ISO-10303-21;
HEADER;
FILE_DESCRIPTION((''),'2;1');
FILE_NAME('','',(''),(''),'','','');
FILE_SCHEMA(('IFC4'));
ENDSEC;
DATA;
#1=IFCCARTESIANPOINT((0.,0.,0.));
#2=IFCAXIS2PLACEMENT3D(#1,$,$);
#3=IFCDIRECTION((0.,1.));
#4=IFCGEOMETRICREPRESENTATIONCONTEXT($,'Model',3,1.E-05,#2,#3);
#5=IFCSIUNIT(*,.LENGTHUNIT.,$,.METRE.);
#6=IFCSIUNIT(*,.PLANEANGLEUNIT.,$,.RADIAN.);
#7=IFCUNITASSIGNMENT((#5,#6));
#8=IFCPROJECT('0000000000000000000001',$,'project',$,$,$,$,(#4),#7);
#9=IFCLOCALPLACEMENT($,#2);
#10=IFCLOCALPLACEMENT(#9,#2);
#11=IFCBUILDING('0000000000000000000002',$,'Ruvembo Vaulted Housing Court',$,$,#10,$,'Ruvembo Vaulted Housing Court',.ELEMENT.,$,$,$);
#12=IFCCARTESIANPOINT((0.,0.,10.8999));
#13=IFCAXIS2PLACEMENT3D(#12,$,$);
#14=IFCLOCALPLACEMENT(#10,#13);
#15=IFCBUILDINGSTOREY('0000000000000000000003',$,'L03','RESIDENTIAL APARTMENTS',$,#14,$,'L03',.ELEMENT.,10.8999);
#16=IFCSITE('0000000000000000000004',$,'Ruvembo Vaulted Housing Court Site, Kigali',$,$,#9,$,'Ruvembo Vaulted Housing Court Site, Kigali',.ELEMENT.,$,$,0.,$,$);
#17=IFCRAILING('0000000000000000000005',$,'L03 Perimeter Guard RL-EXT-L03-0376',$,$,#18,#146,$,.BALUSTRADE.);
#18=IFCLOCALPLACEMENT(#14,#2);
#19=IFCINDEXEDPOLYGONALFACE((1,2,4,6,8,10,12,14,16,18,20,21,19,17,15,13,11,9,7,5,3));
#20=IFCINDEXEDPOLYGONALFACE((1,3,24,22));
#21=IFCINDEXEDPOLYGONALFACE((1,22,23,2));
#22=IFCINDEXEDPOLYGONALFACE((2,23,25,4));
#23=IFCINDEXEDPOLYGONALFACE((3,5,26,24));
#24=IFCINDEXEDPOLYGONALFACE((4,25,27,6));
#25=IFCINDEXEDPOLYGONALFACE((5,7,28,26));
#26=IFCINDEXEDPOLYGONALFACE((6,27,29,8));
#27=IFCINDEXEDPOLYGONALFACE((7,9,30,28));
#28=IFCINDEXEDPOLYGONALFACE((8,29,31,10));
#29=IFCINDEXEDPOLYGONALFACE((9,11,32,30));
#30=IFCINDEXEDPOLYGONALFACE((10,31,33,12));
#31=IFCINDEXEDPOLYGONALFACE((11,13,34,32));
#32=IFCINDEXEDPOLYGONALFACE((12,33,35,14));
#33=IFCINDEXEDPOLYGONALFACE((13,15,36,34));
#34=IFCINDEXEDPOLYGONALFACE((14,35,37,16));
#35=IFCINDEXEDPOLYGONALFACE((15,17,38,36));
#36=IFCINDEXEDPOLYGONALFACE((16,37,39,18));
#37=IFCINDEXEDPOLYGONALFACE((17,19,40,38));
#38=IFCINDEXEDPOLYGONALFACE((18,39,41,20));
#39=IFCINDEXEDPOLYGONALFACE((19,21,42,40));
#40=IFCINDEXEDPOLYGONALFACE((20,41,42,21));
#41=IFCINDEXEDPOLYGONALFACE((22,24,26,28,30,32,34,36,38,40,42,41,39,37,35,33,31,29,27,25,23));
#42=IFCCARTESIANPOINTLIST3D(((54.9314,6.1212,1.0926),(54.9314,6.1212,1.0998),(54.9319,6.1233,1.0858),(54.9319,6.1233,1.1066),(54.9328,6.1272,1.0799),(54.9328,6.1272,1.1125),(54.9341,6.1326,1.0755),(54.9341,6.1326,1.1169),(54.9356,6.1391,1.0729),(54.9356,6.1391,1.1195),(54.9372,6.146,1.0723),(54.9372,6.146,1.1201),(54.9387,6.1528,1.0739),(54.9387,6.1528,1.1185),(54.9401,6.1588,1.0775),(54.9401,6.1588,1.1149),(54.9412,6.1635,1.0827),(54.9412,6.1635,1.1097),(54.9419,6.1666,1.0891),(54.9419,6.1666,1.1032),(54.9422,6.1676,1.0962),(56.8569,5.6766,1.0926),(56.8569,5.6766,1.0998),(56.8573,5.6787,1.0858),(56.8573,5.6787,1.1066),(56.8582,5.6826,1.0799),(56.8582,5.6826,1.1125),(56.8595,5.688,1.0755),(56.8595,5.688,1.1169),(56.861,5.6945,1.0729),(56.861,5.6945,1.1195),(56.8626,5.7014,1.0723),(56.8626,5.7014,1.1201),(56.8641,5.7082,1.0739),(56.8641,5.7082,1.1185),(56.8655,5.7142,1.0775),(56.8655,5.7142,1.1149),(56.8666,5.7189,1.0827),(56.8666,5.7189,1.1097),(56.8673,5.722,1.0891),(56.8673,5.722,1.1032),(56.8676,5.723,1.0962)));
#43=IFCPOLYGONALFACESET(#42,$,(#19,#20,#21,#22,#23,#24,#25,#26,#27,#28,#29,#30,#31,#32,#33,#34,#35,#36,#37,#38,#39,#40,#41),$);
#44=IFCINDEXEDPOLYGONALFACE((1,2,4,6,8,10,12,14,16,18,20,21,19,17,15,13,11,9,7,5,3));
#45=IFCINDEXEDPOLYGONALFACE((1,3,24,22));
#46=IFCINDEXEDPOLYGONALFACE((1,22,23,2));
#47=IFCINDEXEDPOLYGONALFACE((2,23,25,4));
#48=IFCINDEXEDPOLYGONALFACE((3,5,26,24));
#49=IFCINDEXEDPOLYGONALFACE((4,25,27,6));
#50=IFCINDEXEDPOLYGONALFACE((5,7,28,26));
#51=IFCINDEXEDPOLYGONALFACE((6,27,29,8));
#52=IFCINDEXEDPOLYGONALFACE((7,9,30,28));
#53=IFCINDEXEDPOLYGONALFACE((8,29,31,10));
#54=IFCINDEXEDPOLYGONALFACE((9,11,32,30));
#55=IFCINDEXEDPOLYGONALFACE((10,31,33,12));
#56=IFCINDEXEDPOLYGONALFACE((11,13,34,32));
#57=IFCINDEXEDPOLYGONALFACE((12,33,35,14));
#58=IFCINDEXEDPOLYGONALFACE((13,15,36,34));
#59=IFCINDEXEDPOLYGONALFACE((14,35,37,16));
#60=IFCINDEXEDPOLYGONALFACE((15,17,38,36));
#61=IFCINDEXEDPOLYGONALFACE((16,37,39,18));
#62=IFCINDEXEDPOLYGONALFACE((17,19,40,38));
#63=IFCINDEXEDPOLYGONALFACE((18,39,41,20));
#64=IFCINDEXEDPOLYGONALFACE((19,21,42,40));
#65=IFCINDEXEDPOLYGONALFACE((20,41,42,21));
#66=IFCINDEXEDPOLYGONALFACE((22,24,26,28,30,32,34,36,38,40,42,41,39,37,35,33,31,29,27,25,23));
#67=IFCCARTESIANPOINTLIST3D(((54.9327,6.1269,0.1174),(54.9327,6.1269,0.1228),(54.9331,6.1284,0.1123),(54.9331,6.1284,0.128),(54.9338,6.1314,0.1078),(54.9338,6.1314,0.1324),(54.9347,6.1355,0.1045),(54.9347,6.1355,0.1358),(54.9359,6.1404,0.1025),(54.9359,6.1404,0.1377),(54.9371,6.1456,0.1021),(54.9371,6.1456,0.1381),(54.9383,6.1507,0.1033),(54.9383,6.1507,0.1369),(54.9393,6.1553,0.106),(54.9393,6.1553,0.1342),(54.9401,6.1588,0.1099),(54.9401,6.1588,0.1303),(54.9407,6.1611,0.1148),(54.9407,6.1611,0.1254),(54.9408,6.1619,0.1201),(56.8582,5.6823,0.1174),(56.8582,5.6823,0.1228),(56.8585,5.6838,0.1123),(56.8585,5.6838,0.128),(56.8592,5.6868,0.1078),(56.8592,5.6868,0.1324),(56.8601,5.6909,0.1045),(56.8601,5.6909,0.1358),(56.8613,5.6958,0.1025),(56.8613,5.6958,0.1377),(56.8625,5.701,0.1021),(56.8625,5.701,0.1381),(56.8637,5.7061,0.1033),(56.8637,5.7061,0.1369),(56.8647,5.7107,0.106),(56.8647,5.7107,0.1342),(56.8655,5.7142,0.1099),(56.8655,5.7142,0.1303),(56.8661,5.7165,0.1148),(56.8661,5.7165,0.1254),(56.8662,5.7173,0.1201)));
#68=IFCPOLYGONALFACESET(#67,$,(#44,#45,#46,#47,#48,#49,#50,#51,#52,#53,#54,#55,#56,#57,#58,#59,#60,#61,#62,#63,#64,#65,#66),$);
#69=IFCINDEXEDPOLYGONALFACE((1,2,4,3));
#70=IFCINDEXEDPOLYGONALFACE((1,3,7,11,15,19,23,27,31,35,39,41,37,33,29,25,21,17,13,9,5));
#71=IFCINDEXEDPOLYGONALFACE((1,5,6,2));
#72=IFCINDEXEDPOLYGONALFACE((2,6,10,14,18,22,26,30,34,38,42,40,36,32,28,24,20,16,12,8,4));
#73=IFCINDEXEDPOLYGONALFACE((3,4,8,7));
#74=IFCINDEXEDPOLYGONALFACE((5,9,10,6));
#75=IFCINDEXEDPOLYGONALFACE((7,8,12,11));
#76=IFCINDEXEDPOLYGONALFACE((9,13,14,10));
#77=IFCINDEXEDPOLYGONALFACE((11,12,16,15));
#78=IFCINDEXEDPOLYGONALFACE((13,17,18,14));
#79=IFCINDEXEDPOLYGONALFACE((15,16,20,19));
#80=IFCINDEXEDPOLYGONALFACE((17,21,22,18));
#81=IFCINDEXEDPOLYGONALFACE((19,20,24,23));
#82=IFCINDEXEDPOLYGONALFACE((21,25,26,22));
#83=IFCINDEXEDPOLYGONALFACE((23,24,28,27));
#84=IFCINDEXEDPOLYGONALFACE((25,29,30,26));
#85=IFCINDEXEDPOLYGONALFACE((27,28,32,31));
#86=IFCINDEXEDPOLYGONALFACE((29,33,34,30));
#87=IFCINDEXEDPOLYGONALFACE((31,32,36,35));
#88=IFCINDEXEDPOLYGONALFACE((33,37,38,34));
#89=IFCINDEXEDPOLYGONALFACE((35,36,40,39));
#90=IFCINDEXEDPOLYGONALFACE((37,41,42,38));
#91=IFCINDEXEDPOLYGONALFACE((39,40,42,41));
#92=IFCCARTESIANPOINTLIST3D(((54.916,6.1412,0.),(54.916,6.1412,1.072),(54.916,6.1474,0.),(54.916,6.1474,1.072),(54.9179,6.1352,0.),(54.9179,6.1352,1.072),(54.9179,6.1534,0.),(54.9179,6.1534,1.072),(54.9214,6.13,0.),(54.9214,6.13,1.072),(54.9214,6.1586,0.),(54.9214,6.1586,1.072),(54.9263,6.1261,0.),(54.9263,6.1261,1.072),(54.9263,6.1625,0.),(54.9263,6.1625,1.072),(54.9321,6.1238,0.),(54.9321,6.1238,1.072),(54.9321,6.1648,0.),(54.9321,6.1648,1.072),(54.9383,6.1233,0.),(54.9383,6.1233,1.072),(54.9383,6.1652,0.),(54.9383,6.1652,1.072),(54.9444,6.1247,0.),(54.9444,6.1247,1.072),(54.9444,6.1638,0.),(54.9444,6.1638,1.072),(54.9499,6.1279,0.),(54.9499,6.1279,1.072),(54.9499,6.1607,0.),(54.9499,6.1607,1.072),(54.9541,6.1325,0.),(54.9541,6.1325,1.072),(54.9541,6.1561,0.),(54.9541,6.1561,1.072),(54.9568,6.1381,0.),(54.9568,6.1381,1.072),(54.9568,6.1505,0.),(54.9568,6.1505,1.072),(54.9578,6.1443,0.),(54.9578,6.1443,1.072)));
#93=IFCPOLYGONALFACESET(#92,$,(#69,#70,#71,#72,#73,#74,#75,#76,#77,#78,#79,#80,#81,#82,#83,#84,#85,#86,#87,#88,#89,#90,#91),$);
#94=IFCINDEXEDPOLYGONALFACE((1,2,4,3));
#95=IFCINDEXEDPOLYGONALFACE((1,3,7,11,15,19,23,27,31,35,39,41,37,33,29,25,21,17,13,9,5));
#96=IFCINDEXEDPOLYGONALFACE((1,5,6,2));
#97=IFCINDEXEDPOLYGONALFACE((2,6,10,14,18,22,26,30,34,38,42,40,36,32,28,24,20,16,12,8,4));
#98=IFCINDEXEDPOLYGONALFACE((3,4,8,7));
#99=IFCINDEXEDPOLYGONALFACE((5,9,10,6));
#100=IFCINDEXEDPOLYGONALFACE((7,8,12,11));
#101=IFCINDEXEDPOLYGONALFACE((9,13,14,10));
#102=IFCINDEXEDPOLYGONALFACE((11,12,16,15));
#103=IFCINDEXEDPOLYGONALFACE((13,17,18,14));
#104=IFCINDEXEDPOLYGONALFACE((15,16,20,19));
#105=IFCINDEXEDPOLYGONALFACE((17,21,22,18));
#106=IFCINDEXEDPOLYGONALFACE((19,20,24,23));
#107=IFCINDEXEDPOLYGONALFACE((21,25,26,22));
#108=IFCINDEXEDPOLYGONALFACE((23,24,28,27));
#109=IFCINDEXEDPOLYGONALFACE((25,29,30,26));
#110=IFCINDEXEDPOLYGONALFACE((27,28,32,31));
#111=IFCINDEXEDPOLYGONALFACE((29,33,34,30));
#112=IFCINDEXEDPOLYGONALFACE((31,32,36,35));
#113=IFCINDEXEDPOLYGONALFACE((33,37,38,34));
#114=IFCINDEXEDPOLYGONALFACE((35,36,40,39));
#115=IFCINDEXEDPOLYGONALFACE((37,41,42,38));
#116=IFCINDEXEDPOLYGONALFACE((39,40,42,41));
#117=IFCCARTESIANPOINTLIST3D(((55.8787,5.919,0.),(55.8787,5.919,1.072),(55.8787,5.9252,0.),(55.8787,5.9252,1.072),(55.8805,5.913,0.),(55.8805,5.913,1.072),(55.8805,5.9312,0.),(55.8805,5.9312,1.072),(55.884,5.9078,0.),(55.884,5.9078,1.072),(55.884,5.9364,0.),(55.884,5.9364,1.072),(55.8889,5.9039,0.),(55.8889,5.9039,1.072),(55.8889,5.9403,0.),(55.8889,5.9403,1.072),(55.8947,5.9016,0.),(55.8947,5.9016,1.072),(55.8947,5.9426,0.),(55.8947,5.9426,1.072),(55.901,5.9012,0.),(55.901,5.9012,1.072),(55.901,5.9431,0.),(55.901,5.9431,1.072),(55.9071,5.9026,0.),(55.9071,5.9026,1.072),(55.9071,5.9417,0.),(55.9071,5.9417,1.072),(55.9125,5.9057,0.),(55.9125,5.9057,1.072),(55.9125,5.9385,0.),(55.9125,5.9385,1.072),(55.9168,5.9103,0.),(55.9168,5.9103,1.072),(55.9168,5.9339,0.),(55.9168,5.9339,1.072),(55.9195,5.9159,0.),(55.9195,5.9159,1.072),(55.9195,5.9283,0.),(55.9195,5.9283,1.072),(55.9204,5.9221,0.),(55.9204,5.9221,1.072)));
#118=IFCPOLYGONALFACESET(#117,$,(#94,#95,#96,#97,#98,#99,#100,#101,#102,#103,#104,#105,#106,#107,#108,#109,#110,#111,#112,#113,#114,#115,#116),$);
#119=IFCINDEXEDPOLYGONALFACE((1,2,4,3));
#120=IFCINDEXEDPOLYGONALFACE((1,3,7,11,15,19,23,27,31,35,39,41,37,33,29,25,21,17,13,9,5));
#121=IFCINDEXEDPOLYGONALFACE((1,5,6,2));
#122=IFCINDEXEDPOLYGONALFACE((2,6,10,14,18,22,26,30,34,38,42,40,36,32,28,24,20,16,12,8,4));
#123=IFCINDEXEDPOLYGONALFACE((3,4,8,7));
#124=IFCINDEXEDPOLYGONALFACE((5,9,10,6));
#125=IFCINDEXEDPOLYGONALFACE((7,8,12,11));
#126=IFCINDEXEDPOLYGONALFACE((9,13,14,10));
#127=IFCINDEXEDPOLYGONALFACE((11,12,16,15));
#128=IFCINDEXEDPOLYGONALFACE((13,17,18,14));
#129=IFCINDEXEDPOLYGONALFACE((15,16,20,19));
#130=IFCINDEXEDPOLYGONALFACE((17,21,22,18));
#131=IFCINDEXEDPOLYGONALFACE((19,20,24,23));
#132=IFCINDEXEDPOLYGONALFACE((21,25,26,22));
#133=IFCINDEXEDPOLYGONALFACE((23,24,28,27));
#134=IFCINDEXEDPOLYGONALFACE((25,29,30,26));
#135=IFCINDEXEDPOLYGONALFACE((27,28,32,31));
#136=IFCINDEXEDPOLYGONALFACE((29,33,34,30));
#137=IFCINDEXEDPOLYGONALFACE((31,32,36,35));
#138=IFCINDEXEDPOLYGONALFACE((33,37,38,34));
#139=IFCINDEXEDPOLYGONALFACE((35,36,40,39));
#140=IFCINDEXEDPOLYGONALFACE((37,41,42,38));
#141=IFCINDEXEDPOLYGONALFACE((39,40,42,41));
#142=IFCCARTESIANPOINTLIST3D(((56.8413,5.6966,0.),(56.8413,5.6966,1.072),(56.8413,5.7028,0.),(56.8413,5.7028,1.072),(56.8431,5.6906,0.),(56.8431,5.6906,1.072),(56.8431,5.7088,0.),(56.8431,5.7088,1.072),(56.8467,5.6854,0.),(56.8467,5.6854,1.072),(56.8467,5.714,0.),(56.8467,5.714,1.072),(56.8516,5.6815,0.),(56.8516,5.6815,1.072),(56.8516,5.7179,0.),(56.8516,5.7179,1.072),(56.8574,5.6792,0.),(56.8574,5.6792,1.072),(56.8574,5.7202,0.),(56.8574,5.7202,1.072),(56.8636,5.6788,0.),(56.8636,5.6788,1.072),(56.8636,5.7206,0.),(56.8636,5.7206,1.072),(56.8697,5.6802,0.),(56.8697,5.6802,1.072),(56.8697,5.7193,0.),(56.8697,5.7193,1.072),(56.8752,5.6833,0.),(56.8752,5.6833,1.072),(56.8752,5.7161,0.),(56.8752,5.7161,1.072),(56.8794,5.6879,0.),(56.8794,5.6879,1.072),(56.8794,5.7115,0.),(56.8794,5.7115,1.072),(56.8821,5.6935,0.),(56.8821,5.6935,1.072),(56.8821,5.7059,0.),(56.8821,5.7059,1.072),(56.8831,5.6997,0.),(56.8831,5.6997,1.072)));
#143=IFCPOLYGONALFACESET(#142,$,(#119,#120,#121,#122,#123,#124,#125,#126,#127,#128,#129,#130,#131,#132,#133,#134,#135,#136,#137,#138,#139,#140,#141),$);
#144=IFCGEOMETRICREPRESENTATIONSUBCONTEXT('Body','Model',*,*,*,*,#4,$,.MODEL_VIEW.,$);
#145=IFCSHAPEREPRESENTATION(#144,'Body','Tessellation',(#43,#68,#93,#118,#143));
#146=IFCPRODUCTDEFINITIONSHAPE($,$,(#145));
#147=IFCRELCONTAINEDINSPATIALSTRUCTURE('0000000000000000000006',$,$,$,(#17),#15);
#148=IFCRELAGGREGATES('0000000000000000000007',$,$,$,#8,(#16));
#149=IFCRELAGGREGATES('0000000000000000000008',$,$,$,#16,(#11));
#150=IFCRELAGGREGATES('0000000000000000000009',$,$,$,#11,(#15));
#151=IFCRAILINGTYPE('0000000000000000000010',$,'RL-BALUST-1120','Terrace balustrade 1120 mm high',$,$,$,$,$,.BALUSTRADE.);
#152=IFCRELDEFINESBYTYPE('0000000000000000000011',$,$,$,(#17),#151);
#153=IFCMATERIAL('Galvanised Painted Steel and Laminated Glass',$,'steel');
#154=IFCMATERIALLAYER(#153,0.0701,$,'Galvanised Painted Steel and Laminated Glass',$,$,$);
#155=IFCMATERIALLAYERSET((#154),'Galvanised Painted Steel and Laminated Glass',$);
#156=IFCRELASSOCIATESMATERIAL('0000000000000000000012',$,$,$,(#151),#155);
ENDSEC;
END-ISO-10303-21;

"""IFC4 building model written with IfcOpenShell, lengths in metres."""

from ifc_helpers import new_model, si_unit, direction, frame, origin, origin_2d, place, context, subcontext, project, spatial, circle, extrude, material, layer, layer_set, type_object, element, save


model = new_model("IFC4")

# Units and contexts
model_context = context("Model", 3, precision=1e-05, world=origin(), true_north=direction((0.0, 1.0)))
body_context = subcontext(model_context, "Body", "Model", "MODEL_VIEW")
ifc_project = project(units=[si_unit("LENGTHUNIT", "METRE"), si_unit("PLANEANGLEUNIT", "RADIAN")], contexts=[model_context])

# Site, building, storey
site_placement = place(None, origin())
site = spatial("IfcSite", under=ifc_project, at=site_placement, Name="Ruvembo Vaulted Housing Court Site, Kigali", LongName="Ruvembo Vaulted Housing Court Site, Kigali", CompositionType="ELEMENT", RefElevation=0.0)
building_placement = place(site_placement, origin())
building = spatial("IfcBuilding", under=site, at=building_placement, Name="Ruvembo Vaulted Housing Court", LongName="Ruvembo Vaulted Housing Court", CompositionType="ELEMENT")
storey_placement = place(building_placement, frame((0.0, 0.0, 10.8999)))
storey = spatial("IfcBuildingStorey", under=building, at=storey_placement, Name="L03", Description="RESIDENTIAL APARTMENTS", LongName="L03", CompositionType="ELEMENT", Elevation=10.8999)

# Railing
ifc_material_1 = material(Name="Galvanised Painted Steel and Laminated Glass", Category="steel")
ifc_layer_1 = layer(ifc_material_1, 0.0701, Name="Galvanised Painted Steel and Laminated Glass")
ifc_layer_set_1 = layer_set([ifc_layer_1], Name="Galvanised Painted Steel and Laminated Glass")
railing_type = type_object("IfcRailingType", Name="RL-BALUST-1120", Description="Terrace balustrade 1120 mm high", PredefinedType="BALUSTRADE", material=ifc_layer_set_1)
railing_1_placement = place(storey_placement, frame((54.9368, 6.1443, 0.0)))
element("IfcRailing", 1, at=railing_1_placement, inside=storey, type_object=railing_type, Name="L03 Perimeter Guard RL-EXT-L03-0376", PredefinedType="BALUSTRADE", context=body_context, shape_type="SweptSolid", body=[
    extrude(circle(Radius=0.0239, at=origin_2d()), frame((0.0, 0.0, 1.0962), z_axis=(0.97436, -0.224995, 0.0), x_axis=(0.224995, 0.97436, 0.0)), (0.0, 0.0, 1.0), 1.9761),
    extrude(circle(Radius=0.0181, at=origin_2d()), frame((0.0, 0.0, 0.1201), z_axis=(0.97436, -0.224995, 0.0), x_axis=(0.224995, 0.97436, 0.0)), (0.0, 0.0, 1.0), 1.9761),
    extrude(circle(Radius=0.021, at=origin_2d()), origin(), (0.0, 0.0, 1.0), 1.072),
    extrude(circle(Radius=0.021, at=origin_2d()), frame((0.9626, -0.2222, 0.0)), (0.0, 0.0, 1.0), 1.072),
    extrude(circle(Radius=0.021, at=origin_2d()), frame((1.9253, -0.4446, 0.0)), (0.0, 0.0, 1.0), 1.072),
])

save(model, "model.ifc")
